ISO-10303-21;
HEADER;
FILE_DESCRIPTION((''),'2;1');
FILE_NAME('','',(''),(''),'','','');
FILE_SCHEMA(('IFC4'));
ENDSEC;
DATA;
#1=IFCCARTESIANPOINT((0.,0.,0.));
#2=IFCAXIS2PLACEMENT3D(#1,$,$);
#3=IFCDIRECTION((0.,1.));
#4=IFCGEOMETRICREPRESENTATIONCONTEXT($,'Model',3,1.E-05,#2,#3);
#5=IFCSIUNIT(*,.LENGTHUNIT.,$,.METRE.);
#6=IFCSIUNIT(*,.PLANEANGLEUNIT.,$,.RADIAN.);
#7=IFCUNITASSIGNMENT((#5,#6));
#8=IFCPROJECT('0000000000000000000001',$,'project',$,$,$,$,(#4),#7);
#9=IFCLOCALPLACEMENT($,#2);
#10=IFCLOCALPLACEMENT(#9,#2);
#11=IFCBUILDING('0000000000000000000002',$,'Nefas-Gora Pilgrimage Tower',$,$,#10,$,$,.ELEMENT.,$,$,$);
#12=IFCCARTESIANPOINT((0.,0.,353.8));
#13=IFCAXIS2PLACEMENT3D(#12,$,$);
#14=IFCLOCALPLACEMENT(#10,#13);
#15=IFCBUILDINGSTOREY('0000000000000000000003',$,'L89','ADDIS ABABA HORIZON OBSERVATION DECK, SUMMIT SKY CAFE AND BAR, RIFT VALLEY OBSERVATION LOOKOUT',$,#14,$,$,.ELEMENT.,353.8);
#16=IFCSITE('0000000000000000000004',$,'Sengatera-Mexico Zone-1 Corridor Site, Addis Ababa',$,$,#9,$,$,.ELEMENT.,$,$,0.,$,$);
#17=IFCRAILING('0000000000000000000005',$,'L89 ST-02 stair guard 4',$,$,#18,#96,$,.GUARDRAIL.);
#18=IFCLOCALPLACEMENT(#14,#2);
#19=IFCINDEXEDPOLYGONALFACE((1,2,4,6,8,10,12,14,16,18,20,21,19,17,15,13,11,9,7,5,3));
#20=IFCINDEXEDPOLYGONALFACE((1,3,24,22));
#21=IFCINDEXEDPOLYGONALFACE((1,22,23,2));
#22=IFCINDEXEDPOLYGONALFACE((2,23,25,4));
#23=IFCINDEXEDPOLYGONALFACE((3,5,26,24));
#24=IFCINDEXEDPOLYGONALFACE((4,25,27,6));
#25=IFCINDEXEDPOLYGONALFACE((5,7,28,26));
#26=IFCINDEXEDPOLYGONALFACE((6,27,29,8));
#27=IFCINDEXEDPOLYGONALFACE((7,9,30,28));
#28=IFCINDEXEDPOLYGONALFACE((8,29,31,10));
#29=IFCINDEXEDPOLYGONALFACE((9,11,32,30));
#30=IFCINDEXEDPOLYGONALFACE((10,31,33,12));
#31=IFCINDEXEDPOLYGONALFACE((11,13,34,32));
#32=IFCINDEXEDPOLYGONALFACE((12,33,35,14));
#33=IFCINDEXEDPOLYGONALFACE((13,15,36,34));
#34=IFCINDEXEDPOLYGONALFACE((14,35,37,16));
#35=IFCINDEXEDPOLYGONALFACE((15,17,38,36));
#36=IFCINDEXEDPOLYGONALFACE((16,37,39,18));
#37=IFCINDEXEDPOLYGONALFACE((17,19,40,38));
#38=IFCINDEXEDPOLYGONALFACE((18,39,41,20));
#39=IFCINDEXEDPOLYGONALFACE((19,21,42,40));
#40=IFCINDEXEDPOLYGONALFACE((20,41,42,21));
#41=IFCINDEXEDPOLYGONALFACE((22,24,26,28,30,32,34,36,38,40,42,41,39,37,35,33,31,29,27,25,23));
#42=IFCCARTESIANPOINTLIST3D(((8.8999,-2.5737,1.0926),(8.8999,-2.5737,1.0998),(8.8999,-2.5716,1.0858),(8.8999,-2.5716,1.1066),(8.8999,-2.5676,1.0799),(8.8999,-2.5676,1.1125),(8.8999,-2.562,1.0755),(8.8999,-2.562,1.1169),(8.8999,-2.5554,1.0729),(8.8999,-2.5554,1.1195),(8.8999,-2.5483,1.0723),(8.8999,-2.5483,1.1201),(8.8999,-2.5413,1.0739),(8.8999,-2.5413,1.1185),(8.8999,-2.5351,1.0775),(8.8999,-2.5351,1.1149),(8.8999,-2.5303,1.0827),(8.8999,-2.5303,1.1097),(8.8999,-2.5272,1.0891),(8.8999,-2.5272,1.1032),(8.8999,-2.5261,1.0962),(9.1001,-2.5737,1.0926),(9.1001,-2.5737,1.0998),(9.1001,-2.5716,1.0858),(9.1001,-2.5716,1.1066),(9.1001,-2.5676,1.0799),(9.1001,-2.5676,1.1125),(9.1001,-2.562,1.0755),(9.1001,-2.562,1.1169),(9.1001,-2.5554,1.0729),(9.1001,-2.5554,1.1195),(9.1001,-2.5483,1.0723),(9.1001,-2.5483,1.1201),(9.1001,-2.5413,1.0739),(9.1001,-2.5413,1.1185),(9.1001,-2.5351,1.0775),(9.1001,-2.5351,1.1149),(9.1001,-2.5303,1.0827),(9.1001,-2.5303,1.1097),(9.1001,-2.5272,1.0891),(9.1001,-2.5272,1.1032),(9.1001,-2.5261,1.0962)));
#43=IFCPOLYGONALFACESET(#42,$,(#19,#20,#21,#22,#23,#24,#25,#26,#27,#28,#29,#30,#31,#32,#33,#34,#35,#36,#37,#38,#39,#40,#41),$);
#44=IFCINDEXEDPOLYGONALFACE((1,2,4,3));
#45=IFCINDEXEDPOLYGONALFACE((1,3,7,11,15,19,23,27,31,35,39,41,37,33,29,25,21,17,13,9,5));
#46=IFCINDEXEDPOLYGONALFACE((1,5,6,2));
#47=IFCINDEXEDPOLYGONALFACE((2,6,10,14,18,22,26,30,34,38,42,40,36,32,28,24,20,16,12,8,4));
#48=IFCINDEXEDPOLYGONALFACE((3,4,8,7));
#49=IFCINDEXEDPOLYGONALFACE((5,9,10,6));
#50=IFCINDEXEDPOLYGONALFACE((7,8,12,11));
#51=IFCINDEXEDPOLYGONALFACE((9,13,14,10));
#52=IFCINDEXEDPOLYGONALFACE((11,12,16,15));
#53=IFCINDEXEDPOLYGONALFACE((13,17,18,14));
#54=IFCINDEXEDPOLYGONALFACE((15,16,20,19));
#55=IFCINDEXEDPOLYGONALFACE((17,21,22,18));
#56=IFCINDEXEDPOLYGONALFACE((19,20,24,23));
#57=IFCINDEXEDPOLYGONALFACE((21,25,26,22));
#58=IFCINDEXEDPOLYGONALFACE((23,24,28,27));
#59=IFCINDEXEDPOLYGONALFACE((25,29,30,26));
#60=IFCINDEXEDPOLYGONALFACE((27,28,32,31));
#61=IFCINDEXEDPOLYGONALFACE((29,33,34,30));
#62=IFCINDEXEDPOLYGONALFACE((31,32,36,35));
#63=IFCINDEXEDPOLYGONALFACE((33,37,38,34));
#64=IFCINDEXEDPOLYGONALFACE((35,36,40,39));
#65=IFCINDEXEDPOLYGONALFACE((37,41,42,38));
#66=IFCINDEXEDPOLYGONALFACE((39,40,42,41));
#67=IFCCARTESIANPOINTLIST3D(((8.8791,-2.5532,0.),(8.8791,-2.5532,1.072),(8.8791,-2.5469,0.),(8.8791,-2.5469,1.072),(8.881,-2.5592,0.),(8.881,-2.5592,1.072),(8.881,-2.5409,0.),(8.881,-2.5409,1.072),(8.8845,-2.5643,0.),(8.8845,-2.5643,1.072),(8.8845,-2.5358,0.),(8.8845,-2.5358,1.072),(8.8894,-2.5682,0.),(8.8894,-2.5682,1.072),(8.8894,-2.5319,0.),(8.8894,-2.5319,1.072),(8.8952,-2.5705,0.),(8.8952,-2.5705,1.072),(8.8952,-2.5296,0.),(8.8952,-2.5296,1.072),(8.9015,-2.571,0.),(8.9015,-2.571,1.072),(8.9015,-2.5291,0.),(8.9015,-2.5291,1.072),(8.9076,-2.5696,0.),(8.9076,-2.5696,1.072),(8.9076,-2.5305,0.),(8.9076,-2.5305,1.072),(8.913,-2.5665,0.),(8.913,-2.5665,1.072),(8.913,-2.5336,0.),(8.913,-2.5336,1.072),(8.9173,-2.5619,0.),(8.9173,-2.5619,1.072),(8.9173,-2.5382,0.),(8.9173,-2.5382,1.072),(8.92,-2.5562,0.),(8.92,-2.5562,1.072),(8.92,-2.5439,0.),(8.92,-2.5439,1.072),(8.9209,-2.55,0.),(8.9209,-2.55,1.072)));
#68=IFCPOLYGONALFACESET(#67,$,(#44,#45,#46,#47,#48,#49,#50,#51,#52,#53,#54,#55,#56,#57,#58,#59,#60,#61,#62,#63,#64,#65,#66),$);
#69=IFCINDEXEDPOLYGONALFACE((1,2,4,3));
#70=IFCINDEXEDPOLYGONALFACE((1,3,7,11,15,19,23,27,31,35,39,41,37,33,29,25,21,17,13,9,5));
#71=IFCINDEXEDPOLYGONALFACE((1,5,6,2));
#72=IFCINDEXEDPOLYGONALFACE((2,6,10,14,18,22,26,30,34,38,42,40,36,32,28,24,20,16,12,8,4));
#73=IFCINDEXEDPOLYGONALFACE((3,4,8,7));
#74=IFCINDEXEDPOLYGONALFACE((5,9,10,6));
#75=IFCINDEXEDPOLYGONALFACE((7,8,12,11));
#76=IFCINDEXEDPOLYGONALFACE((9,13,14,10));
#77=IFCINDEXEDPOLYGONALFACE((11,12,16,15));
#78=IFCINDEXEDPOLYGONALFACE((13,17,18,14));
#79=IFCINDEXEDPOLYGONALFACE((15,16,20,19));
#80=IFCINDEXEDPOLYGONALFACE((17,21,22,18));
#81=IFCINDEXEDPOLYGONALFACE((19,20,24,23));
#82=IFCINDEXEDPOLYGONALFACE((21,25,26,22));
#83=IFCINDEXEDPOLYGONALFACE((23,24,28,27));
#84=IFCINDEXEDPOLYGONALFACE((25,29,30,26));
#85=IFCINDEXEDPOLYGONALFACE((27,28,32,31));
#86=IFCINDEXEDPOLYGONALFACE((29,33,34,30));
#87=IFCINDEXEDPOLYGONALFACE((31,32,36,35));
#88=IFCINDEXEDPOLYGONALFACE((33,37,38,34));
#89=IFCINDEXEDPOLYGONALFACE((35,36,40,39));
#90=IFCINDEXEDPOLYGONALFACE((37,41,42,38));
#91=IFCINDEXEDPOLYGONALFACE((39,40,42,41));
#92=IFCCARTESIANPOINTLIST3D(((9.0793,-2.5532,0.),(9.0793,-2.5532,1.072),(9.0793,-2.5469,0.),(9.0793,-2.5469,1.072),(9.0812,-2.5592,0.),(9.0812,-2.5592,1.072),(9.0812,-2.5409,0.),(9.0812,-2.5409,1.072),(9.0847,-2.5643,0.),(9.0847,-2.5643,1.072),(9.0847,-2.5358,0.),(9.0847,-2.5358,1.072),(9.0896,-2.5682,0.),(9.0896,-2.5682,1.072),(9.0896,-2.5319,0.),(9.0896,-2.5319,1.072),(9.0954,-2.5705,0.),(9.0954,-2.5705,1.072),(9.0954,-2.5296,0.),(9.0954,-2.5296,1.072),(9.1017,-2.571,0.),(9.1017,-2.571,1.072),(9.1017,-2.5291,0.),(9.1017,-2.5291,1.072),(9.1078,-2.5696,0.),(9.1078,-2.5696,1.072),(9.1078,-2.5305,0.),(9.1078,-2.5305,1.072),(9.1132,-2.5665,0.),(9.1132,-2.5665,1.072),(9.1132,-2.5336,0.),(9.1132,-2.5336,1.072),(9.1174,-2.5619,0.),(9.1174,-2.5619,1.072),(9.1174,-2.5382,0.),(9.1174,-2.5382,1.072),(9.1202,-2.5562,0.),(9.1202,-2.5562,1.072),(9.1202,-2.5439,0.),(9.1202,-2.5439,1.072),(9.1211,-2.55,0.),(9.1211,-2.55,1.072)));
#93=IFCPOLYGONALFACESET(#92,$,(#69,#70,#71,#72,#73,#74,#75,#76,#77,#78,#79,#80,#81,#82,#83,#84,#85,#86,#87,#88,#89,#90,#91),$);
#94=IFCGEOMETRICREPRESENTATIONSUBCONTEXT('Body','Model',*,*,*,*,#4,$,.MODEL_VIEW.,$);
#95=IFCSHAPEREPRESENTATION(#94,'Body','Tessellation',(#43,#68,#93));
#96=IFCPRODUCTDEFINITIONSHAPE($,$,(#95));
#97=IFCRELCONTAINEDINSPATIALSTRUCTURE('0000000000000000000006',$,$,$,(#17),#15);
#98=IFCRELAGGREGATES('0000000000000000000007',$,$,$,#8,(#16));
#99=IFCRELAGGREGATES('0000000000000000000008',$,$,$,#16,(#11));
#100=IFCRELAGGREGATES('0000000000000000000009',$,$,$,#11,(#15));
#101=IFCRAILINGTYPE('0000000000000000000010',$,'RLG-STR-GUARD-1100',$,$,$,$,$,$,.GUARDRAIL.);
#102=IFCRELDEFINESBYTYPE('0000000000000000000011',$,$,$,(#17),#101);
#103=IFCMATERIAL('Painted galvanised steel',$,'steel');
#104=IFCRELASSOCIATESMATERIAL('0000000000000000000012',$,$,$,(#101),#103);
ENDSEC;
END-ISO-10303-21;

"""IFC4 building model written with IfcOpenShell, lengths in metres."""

from ifc_helpers import new_model, si_unit, direction, frame, origin, origin_2d, place, context, subcontext, project, spatial, circle, extrude, material, type_object, element, save


model = new_model("IFC4")

# Units and contexts
model_context = context("Model", 3, precision=1e-05, world=origin(), true_north=direction((0.0, 1.0)))
body_context = subcontext(model_context, "Body", "Model", "MODEL_VIEW")
ifc_project = project(units=[si_unit("LENGTHUNIT", "METRE"), si_unit("PLANEANGLEUNIT", "RADIAN")], contexts=[model_context])

# Site, building, storey
site_placement = place(None, origin())
site = spatial("IfcSite", under=ifc_project, at=site_placement, Name="Sengatera-Mexico Zone-1 Corridor Site, Addis Ababa", CompositionType="ELEMENT", RefElevation=0.0)
building_placement = place(site_placement, origin())
building = spatial("IfcBuilding", under=site, at=building_placement, Name="Nefas-Gora Pilgrimage Tower", CompositionType="ELEMENT")
storey_placement = place(building_placement, frame((0.0, 0.0, 353.8)))
storey = spatial("IfcBuildingStorey", under=building, at=storey_placement, Name="L89", Description="ADDIS ABABA HORIZON OBSERVATION DECK, SUMMIT SKY CAFE AND BAR, RIFT VALLEY OBSERVATION LOOKOUT", CompositionType="ELEMENT", Elevation=353.8)

# Railing
ifc_material_1 = material(Name="Painted galvanised steel", Category="steel")
railing_type_1 = type_object("IfcRailingType", Name="RLG-STR-GUARD-1100", PredefinedType="GUARDRAIL", material=ifc_material_1)
railing_1_placement = place(storey_placement, frame((8.8999, -2.55, 0.0)))
element("IfcRailing", 1, at=railing_1_placement, inside=storey, type_object=railing_type_1, Name="L89 ST-02 stair guard 4", PredefinedType="GUARDRAIL", context=body_context, shape_type="SweptSolid", body=[
    extrude(circle(Radius=0.0239, at=origin_2d()), frame((0.0, 0.0, 1.0962), z_axis=(1.0, 0.0, 0.0), x_axis=(0.0, 1.0, 0.0)), (0.0, 0.0, 1.0), 0.2002),
    extrude(circle(Radius=0.021, at=origin_2d()), origin(), (0.0, 0.0, 1.0), 1.072),
    extrude(circle(Radius=0.021, at=origin_2d()), frame((0.2002, 0.0, 0.0)), (0.0, 0.0, 1.0), 1.072),
])

save(model, "model.ifc")
